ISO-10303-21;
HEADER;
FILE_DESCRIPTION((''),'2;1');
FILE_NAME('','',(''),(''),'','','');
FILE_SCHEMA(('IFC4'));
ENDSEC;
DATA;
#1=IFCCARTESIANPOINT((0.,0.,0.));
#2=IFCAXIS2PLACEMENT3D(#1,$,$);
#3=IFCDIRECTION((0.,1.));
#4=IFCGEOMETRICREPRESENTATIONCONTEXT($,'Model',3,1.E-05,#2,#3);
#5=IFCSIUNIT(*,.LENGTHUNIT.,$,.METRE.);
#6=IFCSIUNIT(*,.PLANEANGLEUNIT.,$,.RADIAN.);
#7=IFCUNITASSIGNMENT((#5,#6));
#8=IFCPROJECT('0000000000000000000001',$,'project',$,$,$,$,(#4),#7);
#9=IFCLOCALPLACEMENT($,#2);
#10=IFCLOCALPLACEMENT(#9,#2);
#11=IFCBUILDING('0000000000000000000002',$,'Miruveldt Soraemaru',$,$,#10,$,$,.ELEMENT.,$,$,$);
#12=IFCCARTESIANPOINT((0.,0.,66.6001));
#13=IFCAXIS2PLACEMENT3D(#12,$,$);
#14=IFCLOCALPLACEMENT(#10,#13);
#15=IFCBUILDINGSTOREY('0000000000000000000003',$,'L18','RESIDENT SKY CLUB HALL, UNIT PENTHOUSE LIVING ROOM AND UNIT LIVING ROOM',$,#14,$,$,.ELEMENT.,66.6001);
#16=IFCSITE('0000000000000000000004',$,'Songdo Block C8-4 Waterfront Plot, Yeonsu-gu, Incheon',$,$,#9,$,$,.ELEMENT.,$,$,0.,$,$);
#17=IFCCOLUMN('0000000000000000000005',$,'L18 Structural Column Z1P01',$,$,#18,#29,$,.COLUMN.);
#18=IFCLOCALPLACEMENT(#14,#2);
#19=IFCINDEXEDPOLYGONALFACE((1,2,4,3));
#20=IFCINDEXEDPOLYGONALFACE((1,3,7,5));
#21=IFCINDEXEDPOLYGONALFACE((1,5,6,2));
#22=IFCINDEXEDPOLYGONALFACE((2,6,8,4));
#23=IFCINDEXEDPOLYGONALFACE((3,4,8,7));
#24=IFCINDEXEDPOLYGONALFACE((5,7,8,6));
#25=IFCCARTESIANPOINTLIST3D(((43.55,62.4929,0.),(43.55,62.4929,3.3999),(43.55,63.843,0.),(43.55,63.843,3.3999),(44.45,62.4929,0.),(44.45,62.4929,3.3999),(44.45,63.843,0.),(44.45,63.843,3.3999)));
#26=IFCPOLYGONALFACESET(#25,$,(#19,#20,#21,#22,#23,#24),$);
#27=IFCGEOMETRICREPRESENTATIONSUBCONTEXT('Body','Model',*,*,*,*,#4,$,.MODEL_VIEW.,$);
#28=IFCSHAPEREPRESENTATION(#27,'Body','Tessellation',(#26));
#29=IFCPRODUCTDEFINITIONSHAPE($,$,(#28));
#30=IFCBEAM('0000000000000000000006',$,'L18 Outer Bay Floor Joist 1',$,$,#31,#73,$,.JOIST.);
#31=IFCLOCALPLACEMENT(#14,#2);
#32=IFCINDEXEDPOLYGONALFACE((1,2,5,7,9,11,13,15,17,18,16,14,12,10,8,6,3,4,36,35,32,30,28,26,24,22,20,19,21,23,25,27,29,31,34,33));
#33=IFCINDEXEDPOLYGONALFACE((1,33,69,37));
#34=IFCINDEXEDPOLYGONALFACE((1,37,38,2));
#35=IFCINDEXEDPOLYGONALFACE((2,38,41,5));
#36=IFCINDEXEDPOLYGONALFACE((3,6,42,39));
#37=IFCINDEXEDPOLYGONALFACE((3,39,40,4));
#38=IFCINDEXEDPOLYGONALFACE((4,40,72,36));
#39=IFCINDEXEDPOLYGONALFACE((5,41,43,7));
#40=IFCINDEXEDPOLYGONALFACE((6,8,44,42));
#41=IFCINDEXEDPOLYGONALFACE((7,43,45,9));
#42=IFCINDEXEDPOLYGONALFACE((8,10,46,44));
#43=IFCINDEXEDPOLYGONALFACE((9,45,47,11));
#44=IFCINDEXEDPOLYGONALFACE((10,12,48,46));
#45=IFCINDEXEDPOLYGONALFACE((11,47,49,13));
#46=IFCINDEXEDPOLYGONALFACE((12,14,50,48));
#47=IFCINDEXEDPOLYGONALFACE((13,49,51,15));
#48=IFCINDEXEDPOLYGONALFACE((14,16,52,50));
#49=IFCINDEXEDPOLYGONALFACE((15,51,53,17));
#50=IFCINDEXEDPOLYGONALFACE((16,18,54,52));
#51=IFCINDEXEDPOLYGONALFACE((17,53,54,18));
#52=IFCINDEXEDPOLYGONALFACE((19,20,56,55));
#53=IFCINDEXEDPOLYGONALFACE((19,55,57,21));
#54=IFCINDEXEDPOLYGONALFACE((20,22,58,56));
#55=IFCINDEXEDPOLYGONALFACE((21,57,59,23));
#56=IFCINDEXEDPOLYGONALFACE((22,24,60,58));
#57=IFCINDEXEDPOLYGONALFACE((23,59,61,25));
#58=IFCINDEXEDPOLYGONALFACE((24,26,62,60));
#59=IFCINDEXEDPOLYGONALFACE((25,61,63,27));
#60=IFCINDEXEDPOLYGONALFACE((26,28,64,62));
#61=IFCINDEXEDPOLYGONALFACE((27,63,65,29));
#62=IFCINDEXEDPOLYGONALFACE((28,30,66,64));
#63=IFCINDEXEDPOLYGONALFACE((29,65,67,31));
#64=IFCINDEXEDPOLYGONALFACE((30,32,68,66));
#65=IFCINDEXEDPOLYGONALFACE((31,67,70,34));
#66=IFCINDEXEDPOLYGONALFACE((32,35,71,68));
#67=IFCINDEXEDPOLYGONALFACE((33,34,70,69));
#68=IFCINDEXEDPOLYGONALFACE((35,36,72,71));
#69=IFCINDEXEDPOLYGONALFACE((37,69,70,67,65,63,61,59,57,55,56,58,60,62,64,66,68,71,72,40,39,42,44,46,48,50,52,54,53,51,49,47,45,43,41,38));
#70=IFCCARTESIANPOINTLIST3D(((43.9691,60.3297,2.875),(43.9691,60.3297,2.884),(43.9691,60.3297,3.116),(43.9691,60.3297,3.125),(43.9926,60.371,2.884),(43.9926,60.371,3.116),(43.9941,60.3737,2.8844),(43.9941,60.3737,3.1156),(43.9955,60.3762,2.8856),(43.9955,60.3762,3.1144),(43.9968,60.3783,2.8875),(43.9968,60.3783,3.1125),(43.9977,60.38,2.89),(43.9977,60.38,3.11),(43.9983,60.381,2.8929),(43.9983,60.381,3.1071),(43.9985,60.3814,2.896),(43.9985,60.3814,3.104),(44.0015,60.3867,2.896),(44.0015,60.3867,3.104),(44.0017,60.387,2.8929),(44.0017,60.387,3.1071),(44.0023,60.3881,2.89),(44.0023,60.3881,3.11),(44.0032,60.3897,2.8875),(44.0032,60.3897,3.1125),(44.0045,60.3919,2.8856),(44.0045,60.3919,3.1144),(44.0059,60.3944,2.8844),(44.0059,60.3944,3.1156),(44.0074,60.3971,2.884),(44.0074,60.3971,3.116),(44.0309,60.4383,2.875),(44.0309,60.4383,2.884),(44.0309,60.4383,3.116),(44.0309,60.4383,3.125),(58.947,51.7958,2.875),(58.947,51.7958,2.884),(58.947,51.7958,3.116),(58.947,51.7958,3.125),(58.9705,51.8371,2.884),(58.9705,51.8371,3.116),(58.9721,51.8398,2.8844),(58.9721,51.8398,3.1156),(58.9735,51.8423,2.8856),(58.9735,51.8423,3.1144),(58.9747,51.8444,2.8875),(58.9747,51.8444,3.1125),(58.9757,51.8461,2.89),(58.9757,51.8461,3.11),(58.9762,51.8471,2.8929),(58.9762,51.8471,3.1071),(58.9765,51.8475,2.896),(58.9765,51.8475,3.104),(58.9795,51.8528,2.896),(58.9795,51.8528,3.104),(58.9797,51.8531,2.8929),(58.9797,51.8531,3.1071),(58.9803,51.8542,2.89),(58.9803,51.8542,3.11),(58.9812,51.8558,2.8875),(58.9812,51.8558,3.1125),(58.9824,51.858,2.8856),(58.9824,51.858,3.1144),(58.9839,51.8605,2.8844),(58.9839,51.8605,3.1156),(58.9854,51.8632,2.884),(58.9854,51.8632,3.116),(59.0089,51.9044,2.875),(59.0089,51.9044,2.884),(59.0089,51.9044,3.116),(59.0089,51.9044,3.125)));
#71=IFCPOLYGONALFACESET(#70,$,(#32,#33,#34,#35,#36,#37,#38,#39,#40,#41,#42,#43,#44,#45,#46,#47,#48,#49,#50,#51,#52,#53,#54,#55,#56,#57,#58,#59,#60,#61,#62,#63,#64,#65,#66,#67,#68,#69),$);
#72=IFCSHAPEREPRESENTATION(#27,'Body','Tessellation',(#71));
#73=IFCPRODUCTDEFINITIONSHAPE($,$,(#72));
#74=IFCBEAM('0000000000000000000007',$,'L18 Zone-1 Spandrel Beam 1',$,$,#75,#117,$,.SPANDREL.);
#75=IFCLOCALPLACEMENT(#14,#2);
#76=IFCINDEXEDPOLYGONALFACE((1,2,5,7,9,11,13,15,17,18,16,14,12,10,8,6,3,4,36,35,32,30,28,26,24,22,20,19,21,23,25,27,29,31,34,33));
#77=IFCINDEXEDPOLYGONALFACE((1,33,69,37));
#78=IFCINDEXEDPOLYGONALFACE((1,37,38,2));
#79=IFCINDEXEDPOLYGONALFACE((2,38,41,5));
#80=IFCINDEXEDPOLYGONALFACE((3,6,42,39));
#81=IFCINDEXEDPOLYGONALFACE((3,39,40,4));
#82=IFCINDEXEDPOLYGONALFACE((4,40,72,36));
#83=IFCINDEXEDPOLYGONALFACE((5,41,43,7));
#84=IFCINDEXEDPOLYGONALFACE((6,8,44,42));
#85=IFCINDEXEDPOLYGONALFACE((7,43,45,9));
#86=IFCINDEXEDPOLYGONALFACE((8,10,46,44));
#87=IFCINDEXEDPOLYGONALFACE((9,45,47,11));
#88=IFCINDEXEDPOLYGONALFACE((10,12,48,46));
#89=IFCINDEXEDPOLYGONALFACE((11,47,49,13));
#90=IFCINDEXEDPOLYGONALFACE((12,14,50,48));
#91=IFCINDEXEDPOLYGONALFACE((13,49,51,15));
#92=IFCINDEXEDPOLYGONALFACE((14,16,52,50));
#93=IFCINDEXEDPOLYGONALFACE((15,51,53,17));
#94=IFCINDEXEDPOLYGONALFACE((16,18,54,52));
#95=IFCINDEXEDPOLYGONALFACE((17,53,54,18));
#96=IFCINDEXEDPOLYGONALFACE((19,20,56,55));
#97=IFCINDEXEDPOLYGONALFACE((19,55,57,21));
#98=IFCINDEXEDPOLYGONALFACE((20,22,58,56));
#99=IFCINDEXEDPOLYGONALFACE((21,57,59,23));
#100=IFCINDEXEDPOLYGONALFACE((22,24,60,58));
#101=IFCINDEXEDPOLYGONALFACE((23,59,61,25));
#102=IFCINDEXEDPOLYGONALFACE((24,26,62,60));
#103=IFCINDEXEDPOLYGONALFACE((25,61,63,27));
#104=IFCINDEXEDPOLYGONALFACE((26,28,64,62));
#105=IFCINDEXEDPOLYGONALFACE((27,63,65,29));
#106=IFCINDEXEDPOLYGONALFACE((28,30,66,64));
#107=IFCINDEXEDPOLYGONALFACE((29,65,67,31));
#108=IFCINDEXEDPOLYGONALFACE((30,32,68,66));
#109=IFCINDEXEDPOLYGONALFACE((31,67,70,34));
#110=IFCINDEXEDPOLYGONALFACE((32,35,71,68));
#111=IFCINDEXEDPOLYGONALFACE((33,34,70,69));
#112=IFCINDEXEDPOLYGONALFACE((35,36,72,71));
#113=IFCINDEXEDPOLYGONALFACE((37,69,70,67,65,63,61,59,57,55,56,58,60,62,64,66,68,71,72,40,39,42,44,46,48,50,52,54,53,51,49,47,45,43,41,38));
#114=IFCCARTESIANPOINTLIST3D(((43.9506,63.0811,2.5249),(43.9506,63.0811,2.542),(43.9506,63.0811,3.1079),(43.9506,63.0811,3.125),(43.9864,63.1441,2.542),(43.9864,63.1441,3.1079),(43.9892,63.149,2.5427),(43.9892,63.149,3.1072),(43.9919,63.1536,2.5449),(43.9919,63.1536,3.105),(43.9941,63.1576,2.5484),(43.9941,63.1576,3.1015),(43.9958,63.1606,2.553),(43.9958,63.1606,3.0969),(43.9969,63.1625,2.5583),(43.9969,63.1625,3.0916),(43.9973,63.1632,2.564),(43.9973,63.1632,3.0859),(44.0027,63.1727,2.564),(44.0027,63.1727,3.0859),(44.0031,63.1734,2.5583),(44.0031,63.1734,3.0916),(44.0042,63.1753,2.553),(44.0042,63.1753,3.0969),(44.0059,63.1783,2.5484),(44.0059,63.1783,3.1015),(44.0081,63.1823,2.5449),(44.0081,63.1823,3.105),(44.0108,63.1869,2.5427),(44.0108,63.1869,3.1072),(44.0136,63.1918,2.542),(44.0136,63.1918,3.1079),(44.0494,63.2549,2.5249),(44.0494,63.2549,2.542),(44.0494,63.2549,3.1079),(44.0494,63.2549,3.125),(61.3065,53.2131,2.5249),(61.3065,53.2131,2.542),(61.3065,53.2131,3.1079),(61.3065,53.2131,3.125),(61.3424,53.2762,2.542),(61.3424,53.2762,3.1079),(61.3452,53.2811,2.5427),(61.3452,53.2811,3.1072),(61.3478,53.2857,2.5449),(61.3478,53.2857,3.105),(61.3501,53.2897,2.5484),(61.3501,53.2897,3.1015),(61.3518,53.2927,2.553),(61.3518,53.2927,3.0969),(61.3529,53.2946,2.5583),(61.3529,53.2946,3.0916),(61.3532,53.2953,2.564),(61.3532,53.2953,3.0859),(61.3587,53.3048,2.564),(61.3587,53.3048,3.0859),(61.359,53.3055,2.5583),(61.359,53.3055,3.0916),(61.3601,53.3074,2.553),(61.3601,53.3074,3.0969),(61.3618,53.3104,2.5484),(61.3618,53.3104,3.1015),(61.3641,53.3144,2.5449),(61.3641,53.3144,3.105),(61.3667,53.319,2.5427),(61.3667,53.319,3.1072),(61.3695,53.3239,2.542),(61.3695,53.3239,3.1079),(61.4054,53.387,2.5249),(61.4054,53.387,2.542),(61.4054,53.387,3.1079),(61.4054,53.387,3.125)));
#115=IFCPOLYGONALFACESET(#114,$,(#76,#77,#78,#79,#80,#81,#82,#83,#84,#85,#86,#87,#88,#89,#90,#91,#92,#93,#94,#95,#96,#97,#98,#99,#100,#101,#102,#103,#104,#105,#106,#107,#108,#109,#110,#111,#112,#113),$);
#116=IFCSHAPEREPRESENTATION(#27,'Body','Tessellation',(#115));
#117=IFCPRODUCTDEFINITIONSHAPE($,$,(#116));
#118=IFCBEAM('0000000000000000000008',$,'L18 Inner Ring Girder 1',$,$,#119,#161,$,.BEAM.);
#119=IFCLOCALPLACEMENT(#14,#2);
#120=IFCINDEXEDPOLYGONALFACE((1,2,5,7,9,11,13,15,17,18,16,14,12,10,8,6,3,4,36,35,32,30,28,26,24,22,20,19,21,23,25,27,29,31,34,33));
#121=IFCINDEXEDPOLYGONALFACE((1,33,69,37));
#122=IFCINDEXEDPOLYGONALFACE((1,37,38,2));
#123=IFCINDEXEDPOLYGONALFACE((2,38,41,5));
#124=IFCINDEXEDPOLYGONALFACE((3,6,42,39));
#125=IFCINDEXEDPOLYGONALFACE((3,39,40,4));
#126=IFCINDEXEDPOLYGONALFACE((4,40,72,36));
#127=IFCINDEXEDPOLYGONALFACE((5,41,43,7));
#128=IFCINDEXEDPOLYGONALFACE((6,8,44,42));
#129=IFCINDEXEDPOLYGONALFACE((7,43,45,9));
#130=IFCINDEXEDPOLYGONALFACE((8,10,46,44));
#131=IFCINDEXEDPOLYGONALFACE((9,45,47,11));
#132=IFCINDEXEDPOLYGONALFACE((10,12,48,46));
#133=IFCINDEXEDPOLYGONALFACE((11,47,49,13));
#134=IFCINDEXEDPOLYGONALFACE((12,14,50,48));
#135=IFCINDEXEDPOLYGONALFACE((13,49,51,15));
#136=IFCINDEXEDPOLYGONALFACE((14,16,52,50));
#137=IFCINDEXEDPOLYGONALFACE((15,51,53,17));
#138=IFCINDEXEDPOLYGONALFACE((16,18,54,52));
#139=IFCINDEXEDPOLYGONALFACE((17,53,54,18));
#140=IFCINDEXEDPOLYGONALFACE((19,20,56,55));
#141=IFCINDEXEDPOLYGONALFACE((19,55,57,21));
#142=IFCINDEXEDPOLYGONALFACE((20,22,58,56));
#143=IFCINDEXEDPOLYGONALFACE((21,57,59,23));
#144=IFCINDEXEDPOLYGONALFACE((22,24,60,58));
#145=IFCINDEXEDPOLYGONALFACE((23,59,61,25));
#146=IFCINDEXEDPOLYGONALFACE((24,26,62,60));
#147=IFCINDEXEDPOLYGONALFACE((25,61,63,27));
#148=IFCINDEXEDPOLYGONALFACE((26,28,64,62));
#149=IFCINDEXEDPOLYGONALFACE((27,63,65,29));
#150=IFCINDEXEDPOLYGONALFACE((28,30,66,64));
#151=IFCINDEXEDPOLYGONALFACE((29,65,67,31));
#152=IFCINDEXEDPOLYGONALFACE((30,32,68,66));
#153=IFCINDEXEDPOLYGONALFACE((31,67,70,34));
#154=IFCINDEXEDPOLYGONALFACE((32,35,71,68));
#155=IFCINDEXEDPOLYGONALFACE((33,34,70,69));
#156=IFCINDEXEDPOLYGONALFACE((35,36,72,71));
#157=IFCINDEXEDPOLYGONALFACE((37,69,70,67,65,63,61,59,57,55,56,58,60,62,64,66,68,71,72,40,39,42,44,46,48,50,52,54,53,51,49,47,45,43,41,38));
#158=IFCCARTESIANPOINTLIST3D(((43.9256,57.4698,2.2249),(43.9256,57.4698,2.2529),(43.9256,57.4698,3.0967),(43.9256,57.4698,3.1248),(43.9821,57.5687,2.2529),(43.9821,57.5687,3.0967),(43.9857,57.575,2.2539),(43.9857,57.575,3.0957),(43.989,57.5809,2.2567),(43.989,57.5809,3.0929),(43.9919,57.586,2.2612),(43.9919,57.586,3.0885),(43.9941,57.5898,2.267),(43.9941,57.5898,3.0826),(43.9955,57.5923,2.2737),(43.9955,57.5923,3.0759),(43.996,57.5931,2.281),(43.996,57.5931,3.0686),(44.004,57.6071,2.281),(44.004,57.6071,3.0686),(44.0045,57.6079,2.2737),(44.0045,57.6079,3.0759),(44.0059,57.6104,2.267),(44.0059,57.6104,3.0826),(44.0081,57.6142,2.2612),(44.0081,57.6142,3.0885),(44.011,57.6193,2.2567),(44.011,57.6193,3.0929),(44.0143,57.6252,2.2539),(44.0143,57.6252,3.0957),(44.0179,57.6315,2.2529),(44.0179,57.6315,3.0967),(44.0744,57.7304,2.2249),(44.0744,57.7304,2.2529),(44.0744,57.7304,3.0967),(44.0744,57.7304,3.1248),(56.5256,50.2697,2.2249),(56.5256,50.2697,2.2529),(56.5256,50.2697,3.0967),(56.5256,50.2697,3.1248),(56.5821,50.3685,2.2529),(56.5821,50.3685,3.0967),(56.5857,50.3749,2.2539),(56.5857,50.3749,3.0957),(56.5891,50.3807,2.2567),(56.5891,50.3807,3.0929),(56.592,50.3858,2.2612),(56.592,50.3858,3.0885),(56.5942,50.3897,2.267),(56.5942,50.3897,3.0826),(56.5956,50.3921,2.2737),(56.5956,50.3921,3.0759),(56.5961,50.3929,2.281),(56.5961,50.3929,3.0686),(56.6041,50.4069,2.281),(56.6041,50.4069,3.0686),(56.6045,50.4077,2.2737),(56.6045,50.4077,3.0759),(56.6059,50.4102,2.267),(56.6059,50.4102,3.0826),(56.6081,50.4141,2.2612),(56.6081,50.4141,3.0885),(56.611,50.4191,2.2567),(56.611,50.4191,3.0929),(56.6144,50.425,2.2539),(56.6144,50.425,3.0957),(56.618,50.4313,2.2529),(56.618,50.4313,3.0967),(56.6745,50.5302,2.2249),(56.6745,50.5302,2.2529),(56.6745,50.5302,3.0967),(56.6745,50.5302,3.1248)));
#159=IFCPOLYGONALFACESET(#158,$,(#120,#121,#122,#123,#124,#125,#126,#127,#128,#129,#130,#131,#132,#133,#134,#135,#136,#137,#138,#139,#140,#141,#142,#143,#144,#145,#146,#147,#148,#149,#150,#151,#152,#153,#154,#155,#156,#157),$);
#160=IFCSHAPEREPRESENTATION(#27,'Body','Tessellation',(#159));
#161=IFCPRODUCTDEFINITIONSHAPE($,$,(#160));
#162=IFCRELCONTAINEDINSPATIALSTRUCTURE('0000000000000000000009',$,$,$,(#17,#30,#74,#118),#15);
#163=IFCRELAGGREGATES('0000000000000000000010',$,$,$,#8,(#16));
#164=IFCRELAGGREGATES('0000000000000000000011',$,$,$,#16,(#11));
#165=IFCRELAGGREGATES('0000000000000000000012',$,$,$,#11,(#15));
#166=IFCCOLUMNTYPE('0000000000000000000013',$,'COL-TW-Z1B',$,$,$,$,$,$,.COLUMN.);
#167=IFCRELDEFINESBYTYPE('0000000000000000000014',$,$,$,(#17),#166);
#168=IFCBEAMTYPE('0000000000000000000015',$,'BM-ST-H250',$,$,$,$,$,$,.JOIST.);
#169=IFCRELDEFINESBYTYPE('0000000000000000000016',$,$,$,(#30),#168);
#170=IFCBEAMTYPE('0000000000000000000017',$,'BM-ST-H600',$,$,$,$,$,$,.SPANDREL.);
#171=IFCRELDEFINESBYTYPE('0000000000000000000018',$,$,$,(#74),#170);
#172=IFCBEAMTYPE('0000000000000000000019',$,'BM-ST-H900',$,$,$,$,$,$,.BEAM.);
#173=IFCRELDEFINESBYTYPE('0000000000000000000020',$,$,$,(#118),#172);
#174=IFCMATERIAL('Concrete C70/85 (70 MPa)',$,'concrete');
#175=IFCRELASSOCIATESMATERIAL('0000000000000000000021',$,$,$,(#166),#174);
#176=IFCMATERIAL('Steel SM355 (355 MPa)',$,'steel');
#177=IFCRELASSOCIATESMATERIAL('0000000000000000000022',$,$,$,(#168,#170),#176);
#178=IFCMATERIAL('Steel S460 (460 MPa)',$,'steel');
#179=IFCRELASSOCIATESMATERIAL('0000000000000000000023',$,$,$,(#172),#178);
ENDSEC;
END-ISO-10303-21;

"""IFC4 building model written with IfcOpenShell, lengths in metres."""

from ifc_helpers import new_model, si_unit, direction, frame, origin, origin_2d, place, context, subcontext, project, spatial, rectangle, i_section, extrude, material, material_profile, profile_set, type_object, element, save


model = new_model("IFC4")

# Units and contexts
model_context = context("Model", 3, precision=1e-05, world=origin(), true_north=direction((0.0, 1.0)))
body_context = subcontext(model_context, "Body", "Model", "MODEL_VIEW")
ifc_project = project(units=[si_unit("LENGTHUNIT", "METRE"), si_unit("PLANEANGLEUNIT", "RADIAN")], contexts=[model_context])

# Site, building, storey
site_placement = place(None, origin())
site = spatial("IfcSite", under=ifc_project, at=site_placement, Name="Songdo Block C8-4 Waterfront Plot, Yeonsu-gu, Incheon", CompositionType="ELEMENT", RefElevation=0.0)
building_placement = place(site_placement, origin())
building = spatial("IfcBuilding", under=site, at=building_placement, Name="Miruveldt Soraemaru", CompositionType="ELEMENT")
storey_placement = place(building_placement, frame((0.0, 0.0, 66.6001)))
storey = spatial("IfcBuildingStorey", under=building, at=storey_placement, Name="L18", Description="RESIDENT SKY CLUB HALL, UNIT PENTHOUSE LIVING ROOM AND UNIT LIVING ROOM", CompositionType="ELEMENT", Elevation=66.6001)

# Column
ifc_material_1 = material(Name="Concrete C70/85 (70 MPa)", Category="concrete")
ifc_material_profile_1 = material_profile(ifc_material_1, rectangle(XDim=1.3501, YDim=0.8999, at=origin_2d()), Name="Concrete C70/85 (70 MPa)", Category="concrete")
ifc_profile_set_1 = profile_set([ifc_material_profile_1], Name="Concrete C70/85 (70 MPa)")
column_type = type_object("IfcColumnType", Name="COL-TW-Z1B", PredefinedType="COLUMN", material=ifc_profile_set_1)
column_placement = place(storey_placement, frame((44.0, 63.168, 0.0), z_axis=(0.0, 0.0, 1.0), x_axis=(0.0, 1.0, 0.0)))
element("IfcColumn", 1, at=column_placement, inside=storey, type_object=column_type, Name="L18 Structural Column Z1P01", PredefinedType="COLUMN", context=body_context, shape_type="SweptSolid", body=[
    extrude(rectangle(XDim=1.3501, YDim=0.8999, at=origin_2d()), origin(), (0.0, 0.0, 1.0), 3.3999),
])

# Beams
ifc_material_2 = material(Name="Steel SM355 (355 MPa)", Category="steel")
ifc_material_profile_2 = material_profile(ifc_material_2, i_section(OverallWidth=0.125, OverallDepth=0.25, WebThickness=0.0061, FlangeThickness=0.009, FilletRadius=0.012, at=origin_2d()), Name="Steel SM355 (355 MPa)", Category="steel")
ifc_profile_set_2 = profile_set([ifc_material_profile_2], Name="Steel SM355 (355 MPa)")
beam_type_1 = type_object("IfcBeamType", Name="BM-ST-H250", PredefinedType="JOIST", material=ifc_profile_set_2)
beam_1_placement = place(storey_placement, frame((44.0, 60.384, 3.0), z_axis=(0.868866, -0.495048, 0.0), x_axis=(0.495048, 0.868866, 0.0)))
element("IfcBeam", 2, at=beam_1_placement, inside=storey, type_object=beam_type_1, Name="L18 Outer Bay Floor Joist 1", PredefinedType="JOIST", context=body_context, shape_type="SweptSolid", body=[
    extrude(i_section(OverallWidth=0.125, OverallDepth=0.25, WebThickness=0.0061, FlangeThickness=0.009, FilletRadius=0.012, at=origin_2d()), origin(), (0.0, 0.0, 1.0), 17.2385),
])
ifc_material_profile_3 = material_profile(ifc_material_2, i_section(OverallWidth=0.2, OverallDepth=0.6001, WebThickness=0.011, FlangeThickness=0.0171, FilletRadius=0.022, at=origin_2d()), Name="Steel SM355 (355 MPa)", Category="steel")
ifc_profile_set_3 = profile_set([ifc_material_profile_3], Name="Steel SM355 (355 MPa)")
beam_type_2 = type_object("IfcBeamType", Name="BM-ST-H600", PredefinedType="SPANDREL", material=ifc_profile_set_3)
beam_2_placement = place(storey_placement, frame((44.0, 63.168, 2.825), z_axis=(0.869315, -0.494259, 0.0), x_axis=(0.494259, 0.869315, 0.0)))
element("IfcBeam", 3, at=beam_2_placement, inside=storey, type_object=beam_type_2, Name="L18 Zone-1 Spandrel Beam 1", PredefinedType="SPANDREL", context=body_context, shape_type="SweptSolid", body=[
    extrude(i_section(OverallWidth=0.2, OverallDepth=0.6001, WebThickness=0.011, FlangeThickness=0.0171, FilletRadius=0.022, at=origin_2d()), origin(), (0.0, 0.0, 1.0), 19.9651),
])
ifc_material_3 = material(Name="Steel S460 (460 MPa)", Category="steel")
ifc_material_profile_4 = material_profile(ifc_material_3, i_section(OverallWidth=0.3, OverallDepth=0.8999, WebThickness=0.0161, FlangeThickness=0.0281, FilletRadius=0.0281, at=origin_2d()), Name="Steel S460 (460 MPa)", Category="steel")
ifc_profile_set_4 = profile_set([ifc_material_profile_4], Name="Steel S460 (460 MPa)")
beam_type_3 = type_object("IfcBeamType", Name="BM-ST-H900", PredefinedType="BEAM", material=ifc_profile_set_4)
beam_3_placement = place(storey_placement, frame((44.0, 57.6001, 2.6748), z_axis=(0.868239, -0.496146, 0.0), x_axis=(0.496146, 0.868239, 0.0)))
element("IfcBeam", 4, at=beam_3_placement, inside=storey, type_object=beam_type_3, Name="L18 Inner Ring Girder 1", PredefinedType="BEAM", context=body_context, shape_type="SweptSolid", body=[
    extrude(i_section(OverallWidth=0.3, OverallDepth=0.8999, WebThickness=0.0161, FlangeThickness=0.0281, FilletRadius=0.0281, at=origin_2d()), origin(), (0.0, 0.0, 1.0), 14.5122),
])

save(model, "model.ifc")
